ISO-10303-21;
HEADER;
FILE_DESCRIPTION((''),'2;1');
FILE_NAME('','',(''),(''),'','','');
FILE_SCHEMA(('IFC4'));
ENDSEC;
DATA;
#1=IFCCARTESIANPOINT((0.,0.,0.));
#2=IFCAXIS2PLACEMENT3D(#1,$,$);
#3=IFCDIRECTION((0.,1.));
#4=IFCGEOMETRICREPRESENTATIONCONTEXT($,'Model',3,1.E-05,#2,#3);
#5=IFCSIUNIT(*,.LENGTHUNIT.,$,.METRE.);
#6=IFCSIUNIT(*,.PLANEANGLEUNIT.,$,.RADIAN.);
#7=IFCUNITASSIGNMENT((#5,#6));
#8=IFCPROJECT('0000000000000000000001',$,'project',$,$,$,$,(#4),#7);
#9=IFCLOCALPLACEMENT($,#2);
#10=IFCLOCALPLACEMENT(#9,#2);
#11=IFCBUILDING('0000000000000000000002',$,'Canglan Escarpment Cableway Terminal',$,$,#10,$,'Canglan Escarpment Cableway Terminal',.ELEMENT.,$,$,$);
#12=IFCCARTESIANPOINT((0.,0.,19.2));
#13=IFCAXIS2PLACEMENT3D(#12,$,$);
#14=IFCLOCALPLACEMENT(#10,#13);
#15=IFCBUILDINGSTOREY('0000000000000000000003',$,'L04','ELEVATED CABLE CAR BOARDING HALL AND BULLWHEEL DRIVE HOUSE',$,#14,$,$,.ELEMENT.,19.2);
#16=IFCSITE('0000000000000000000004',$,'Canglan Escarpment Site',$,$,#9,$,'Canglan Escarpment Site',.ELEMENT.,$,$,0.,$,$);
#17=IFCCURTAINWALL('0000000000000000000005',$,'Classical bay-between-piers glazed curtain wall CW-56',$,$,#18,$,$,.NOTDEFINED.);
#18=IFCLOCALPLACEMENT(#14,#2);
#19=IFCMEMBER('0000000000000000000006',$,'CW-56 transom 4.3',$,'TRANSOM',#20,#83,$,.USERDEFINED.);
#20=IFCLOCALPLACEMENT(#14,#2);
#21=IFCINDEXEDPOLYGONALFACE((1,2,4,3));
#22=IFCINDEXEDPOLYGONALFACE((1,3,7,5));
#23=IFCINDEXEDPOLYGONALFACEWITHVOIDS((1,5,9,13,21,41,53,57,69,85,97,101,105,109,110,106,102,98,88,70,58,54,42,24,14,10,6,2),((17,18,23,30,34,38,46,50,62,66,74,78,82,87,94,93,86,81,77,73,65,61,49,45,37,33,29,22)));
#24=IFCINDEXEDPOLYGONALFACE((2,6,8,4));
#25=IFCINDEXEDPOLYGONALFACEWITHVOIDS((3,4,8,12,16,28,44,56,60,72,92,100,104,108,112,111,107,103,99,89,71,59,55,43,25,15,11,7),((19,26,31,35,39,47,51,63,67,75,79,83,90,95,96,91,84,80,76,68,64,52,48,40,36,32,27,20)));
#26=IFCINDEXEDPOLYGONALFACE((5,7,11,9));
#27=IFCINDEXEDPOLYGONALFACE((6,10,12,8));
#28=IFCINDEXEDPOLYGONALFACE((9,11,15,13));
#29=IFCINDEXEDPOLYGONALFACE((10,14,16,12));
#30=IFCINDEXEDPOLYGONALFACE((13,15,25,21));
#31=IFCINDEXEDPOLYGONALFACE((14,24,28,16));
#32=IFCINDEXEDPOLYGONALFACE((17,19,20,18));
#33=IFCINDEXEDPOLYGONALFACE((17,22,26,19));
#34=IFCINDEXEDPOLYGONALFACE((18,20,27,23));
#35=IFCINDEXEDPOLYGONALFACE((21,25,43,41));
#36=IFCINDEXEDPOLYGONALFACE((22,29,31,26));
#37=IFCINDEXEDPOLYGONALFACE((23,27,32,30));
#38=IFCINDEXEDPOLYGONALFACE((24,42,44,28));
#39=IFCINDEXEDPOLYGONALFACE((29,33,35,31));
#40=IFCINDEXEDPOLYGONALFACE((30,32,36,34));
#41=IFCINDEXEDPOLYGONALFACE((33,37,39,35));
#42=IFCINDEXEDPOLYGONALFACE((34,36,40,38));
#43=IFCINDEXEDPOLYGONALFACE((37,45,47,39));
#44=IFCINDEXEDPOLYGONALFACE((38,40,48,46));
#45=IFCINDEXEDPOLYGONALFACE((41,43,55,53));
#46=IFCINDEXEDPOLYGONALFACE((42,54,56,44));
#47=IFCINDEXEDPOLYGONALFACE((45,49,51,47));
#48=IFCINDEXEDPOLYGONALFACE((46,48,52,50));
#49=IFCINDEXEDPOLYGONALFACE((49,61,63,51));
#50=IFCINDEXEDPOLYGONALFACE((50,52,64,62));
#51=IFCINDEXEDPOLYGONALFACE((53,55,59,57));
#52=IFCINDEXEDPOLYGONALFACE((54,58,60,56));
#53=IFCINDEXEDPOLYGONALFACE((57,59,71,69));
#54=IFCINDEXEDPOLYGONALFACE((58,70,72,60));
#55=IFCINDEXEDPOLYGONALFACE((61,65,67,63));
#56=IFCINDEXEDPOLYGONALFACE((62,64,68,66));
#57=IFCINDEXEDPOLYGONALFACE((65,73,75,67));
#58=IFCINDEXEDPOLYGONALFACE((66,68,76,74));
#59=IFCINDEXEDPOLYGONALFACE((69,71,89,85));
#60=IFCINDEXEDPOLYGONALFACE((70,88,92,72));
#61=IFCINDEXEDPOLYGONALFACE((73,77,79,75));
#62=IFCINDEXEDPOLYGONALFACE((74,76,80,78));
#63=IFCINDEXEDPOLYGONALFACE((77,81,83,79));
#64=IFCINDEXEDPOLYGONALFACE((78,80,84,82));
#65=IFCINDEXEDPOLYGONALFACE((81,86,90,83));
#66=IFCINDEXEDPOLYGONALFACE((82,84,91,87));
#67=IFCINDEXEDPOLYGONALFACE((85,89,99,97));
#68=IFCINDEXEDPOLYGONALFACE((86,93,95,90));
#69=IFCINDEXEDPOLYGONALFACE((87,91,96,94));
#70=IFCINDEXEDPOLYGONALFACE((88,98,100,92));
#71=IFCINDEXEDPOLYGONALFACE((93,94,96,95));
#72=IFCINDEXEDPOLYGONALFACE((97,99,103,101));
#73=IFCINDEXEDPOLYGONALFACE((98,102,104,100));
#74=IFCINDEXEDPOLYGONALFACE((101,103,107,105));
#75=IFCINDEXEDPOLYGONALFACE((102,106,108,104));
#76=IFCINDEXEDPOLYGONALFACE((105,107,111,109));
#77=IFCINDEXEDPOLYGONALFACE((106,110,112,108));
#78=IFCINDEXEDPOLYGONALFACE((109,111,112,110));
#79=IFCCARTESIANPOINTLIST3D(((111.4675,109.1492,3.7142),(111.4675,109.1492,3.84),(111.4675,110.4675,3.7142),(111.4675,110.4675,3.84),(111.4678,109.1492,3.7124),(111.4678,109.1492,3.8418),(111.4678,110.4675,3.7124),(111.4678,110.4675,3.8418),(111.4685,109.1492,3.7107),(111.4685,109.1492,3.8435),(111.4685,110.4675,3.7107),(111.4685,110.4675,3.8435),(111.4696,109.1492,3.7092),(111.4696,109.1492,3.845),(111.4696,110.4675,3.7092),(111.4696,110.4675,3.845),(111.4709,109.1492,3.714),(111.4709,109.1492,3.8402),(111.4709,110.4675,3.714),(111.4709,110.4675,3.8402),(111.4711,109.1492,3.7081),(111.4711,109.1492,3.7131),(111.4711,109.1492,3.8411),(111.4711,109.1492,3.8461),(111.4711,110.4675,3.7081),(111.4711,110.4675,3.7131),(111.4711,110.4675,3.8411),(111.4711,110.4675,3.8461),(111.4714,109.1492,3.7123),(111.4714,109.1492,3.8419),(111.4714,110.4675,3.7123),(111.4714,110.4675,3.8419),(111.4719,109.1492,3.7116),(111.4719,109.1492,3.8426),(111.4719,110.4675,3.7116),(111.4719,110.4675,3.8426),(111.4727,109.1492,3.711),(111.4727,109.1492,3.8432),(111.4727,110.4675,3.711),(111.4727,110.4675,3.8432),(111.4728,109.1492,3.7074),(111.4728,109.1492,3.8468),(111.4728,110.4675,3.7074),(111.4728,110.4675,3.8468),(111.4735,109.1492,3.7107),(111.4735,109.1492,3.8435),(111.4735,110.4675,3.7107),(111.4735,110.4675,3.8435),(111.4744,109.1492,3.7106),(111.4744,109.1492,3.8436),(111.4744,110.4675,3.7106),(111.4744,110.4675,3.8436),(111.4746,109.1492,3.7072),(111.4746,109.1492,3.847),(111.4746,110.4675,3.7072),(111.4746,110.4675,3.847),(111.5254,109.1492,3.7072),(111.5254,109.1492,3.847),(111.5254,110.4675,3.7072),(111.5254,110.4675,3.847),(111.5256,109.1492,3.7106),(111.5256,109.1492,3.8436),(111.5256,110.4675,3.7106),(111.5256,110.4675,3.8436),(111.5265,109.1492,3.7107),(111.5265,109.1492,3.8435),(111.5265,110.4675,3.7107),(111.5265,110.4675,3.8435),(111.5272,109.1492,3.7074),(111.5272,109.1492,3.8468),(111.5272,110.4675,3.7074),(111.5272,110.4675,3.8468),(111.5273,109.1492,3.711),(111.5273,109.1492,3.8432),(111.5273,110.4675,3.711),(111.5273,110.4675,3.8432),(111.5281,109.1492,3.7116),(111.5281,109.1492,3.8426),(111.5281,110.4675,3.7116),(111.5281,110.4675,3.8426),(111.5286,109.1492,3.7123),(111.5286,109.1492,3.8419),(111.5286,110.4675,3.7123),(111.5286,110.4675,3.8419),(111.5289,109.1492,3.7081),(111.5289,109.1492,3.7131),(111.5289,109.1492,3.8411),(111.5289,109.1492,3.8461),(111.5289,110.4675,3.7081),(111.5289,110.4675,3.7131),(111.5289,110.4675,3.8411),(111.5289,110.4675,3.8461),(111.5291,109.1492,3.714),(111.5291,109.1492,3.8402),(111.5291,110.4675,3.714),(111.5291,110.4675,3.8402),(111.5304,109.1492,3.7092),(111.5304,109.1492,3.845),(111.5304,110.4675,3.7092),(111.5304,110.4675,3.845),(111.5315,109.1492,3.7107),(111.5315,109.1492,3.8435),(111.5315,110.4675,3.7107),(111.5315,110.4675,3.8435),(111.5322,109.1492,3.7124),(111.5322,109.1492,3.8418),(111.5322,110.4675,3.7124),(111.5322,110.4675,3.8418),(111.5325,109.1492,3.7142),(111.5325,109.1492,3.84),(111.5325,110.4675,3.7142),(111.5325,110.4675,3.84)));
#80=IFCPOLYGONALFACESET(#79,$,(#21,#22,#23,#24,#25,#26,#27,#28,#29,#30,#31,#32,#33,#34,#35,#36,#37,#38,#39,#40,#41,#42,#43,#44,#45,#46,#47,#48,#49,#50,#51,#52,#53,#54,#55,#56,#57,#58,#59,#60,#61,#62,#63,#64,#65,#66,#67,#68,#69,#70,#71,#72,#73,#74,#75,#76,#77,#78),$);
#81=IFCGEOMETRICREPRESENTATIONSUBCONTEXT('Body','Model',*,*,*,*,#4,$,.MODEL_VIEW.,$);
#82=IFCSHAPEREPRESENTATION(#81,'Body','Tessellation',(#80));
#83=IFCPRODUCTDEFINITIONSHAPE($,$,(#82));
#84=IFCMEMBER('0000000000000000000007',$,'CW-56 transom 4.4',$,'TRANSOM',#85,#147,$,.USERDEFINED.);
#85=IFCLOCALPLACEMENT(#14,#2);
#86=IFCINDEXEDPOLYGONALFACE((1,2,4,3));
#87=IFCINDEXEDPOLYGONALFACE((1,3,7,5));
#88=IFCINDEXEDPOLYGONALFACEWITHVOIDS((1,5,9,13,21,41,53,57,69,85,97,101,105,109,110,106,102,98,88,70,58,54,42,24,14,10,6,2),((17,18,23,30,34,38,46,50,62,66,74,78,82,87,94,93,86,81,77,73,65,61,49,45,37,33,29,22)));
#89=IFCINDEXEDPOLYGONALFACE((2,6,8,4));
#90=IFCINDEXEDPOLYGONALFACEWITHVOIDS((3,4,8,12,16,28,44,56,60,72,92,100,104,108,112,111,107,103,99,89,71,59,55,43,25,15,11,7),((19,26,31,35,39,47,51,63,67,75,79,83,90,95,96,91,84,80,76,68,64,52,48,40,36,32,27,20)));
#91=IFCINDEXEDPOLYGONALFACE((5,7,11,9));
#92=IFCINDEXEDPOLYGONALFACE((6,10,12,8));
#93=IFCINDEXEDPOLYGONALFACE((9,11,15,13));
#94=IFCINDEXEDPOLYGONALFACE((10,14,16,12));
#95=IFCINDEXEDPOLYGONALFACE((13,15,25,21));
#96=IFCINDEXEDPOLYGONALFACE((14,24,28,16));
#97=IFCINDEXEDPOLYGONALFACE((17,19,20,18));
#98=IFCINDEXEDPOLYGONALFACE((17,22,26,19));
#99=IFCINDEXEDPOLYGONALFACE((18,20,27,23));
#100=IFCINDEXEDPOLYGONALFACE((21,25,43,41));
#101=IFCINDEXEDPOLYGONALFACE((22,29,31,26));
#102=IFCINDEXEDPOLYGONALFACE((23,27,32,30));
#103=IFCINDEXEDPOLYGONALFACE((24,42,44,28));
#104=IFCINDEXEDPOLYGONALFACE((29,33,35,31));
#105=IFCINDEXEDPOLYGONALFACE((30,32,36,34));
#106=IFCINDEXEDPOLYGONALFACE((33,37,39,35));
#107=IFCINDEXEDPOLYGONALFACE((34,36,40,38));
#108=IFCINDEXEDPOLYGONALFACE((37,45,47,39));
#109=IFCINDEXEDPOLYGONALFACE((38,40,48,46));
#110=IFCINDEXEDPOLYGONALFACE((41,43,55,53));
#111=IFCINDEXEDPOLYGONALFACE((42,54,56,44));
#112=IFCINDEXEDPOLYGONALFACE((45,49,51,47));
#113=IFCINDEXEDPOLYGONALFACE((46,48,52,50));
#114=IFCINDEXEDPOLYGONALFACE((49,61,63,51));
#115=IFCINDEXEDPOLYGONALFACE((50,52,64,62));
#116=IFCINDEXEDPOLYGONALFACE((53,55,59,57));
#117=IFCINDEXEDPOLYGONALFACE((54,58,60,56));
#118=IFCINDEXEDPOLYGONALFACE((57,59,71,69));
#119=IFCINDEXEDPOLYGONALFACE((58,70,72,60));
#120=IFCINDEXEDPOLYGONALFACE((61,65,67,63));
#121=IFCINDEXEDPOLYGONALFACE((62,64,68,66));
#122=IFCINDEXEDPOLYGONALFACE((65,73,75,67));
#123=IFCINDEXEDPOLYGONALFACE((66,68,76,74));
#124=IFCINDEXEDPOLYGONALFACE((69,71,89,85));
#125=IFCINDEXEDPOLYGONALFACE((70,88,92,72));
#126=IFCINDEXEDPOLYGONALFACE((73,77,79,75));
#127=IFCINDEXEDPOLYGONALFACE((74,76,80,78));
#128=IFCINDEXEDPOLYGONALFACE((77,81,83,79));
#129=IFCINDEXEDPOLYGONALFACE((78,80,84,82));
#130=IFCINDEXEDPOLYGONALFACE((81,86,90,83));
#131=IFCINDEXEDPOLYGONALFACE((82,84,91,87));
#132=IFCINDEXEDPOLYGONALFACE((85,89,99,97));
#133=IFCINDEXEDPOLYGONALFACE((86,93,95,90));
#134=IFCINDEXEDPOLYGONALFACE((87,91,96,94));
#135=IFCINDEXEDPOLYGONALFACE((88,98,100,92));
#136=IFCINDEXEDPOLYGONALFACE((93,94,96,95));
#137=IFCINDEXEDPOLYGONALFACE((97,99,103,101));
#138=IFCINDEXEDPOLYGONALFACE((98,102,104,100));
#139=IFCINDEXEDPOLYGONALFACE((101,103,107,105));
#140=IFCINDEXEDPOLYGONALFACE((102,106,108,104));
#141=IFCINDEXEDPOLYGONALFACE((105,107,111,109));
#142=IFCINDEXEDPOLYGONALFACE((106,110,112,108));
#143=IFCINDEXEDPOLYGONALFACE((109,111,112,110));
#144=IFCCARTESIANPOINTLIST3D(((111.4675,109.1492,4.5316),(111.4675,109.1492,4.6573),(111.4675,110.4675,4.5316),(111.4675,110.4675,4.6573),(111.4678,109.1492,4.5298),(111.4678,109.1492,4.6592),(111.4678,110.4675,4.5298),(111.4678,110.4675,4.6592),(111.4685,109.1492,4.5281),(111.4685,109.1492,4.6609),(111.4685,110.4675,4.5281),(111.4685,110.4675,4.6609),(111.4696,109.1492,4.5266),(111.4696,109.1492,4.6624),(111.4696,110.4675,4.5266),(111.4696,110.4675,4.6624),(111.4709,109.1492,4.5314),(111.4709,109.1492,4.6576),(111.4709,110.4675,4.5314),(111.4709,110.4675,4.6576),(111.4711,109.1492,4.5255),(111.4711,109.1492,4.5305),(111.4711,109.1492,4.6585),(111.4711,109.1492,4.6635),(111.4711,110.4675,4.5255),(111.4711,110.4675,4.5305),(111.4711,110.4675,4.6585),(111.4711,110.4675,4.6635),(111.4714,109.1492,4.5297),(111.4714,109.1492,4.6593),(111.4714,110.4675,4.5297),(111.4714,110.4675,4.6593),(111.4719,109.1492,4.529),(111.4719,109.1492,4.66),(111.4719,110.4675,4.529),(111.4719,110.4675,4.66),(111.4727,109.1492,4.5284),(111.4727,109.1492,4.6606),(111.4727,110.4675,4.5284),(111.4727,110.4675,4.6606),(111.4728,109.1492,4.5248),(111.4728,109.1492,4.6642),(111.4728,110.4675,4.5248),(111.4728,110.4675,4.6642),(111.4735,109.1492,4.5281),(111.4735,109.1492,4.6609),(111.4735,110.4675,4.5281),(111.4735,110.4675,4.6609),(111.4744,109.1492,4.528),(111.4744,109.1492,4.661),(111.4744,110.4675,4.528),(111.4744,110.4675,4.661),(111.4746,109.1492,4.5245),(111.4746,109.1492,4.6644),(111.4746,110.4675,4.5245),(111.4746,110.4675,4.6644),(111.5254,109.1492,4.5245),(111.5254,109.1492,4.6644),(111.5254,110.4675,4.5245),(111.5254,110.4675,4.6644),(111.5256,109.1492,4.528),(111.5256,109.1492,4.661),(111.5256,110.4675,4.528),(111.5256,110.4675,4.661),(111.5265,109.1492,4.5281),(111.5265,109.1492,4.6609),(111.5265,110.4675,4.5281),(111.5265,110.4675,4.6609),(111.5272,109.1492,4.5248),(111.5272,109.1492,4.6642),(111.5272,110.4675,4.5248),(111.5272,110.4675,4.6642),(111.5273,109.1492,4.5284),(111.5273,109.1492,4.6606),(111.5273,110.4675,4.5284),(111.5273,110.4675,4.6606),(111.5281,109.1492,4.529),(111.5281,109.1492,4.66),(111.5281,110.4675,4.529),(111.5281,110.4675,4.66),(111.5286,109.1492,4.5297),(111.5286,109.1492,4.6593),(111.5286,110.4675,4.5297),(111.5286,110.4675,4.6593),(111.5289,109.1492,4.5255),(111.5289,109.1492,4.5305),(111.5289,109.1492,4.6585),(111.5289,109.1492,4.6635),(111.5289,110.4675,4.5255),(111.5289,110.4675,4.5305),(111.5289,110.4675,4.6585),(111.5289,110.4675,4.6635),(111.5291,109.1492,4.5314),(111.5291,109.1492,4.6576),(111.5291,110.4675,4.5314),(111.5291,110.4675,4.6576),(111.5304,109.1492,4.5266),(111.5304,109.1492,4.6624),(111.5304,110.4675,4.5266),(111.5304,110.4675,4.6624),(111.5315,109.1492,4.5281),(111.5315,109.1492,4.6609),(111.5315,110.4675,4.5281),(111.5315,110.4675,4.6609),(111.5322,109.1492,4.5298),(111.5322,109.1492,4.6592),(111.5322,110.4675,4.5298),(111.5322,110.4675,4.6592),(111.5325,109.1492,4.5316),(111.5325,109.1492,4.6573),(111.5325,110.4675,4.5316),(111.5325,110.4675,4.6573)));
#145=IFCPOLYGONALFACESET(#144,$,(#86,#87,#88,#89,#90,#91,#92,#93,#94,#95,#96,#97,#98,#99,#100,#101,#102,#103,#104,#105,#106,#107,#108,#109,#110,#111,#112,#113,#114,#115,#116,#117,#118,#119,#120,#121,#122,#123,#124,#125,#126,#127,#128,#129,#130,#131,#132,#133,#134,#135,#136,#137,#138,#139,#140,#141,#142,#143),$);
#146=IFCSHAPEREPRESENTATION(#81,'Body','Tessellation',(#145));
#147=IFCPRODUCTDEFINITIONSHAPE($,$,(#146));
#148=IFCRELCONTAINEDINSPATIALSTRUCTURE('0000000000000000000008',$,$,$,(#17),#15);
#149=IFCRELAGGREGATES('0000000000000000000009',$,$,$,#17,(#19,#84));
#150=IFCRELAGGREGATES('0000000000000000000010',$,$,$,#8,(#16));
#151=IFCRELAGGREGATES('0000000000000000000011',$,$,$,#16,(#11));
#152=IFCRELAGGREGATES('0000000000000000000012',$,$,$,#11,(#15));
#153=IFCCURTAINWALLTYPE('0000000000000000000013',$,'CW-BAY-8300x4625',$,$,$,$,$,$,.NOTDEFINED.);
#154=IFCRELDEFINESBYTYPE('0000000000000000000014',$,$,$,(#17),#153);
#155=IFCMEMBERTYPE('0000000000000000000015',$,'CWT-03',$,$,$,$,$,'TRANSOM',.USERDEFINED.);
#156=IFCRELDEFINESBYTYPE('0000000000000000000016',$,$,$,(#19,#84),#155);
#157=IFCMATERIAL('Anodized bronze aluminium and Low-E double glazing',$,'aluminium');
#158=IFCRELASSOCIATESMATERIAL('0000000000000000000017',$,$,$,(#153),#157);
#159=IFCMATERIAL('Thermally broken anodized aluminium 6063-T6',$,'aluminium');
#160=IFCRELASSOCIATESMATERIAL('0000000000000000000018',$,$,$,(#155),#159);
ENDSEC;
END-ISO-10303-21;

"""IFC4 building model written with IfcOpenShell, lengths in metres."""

from ifc_helpers import new_model, si_unit, direction, frame, origin, origin_2d, place, context, subcontext, project, spatial, hollow_rectangle, extrude, material, material_profile, profile_set, type_object, element, aggregate, save


model = new_model("IFC4")

# Units and contexts
model_context = context("Model", 3, precision=1e-05, world=origin(), true_north=direction((0.0, 1.0)))
body_context = subcontext(model_context, "Body", "Model", "MODEL_VIEW")
ifc_project = project(units=[si_unit("LENGTHUNIT", "METRE"), si_unit("PLANEANGLEUNIT", "RADIAN")], contexts=[model_context])

# Site, building, storey
site_placement = place(None, origin())
site = spatial("IfcSite", under=ifc_project, at=site_placement, Name="Canglan Escarpment Site", LongName="Canglan Escarpment Site", CompositionType="ELEMENT", RefElevation=0.0)
building_placement = place(site_placement, origin())
building = spatial("IfcBuilding", under=site, at=building_placement, Name="Canglan Escarpment Cableway Terminal", LongName="Canglan Escarpment Cableway Terminal", CompositionType="ELEMENT")
storey_placement = place(building_placement, frame((0.0, 0.0, 19.2)))
storey = spatial("IfcBuildingStorey", under=building, at=storey_placement, Name="L04", Description="ELEVATED CABLE CAR BOARDING HALL AND BULLWHEEL DRIVE HOUSE", CompositionType="ELEMENT", Elevation=19.2)

# Curtain wall
ifc_material_1 = material(Name="Anodized bronze aluminium and Low-E double glazing", Category="aluminium")
curtain_wall_type = type_object("IfcCurtainWallType", Name="CW-BAY-8300x4625", PredefinedType="NOTDEFINED", material=ifc_material_1)
curtain_wall_1_placement = place(storey_placement, origin())
curtain_wall_1 = element("IfcCurtainWall", 1, at=curtain_wall_1_placement, inside=storey, type_object=curtain_wall_type, Name="Classical bay-between-piers glazed curtain wall CW-56", PredefinedType="NOTDEFINED")
ifc_material_2 = material(Name="Thermally broken anodized aluminium 6063-T6", Category="aluminium")

# Members
ifc_material_profile_1 = material_profile(ifc_material_2, hollow_rectangle(XDim=0.0649, YDim=0.1399, WallThickness=0.0034, InnerFilletRadius=0.0034, OuterFilletRadius=0.0071, at=origin_2d()), Name="ALU-TRAN 65x140x3.5")
ifc_profile_set_1 = profile_set([ifc_material_profile_1], Name="Thermally broken anodized aluminium 6063-T6")
member_type_1 = type_object("IfcMemberType", Name="CWT-03", ElementType="TRANSOM", PredefinedType="USERDEFINED", material=ifc_profile_set_1)
member_1_placement = place(storey_placement, frame((111.5, 110.4675, 3.7771), z_axis=(0.0, -1.0, 0.0), x_axis=(1.0, 0.0, 0.0)))
member_1 = element("IfcMember", 2, at=member_1_placement, type_object=member_type_1, Name="CW-56 transom 4.3", ObjectType="TRANSOM", PredefinedType="USERDEFINED", context=body_context, shape_type="SweptSolid", body=[
    extrude(hollow_rectangle(XDim=0.0649, YDim=0.1399, WallThickness=0.0034, InnerFilletRadius=0.0034, OuterFilletRadius=0.0071, at=origin_2d()), origin(), (0.0, 0.0, 1.0), 1.3184),
])
member_2_placement = place(storey_placement, frame((111.5, 110.4675, 4.5945), z_axis=(0.0, -1.0, 0.0), x_axis=(1.0, 0.0, 0.0)))
member_2 = element("IfcMember", 3, at=member_2_placement, type_object=member_type_1, Name="CW-56 transom 4.4", ObjectType="TRANSOM", PredefinedType="USERDEFINED", context=body_context, shape_type="SweptSolid", body=[
    extrude(hollow_rectangle(XDim=0.0649, YDim=0.1399, WallThickness=0.0034, InnerFilletRadius=0.0034, OuterFilletRadius=0.0071, at=origin_2d()), origin(), (0.0, 0.0, 1.0), 1.3184),
])

aggregate(curtain_wall_1, [member_1, member_2])

save(model, "model.ifc")
